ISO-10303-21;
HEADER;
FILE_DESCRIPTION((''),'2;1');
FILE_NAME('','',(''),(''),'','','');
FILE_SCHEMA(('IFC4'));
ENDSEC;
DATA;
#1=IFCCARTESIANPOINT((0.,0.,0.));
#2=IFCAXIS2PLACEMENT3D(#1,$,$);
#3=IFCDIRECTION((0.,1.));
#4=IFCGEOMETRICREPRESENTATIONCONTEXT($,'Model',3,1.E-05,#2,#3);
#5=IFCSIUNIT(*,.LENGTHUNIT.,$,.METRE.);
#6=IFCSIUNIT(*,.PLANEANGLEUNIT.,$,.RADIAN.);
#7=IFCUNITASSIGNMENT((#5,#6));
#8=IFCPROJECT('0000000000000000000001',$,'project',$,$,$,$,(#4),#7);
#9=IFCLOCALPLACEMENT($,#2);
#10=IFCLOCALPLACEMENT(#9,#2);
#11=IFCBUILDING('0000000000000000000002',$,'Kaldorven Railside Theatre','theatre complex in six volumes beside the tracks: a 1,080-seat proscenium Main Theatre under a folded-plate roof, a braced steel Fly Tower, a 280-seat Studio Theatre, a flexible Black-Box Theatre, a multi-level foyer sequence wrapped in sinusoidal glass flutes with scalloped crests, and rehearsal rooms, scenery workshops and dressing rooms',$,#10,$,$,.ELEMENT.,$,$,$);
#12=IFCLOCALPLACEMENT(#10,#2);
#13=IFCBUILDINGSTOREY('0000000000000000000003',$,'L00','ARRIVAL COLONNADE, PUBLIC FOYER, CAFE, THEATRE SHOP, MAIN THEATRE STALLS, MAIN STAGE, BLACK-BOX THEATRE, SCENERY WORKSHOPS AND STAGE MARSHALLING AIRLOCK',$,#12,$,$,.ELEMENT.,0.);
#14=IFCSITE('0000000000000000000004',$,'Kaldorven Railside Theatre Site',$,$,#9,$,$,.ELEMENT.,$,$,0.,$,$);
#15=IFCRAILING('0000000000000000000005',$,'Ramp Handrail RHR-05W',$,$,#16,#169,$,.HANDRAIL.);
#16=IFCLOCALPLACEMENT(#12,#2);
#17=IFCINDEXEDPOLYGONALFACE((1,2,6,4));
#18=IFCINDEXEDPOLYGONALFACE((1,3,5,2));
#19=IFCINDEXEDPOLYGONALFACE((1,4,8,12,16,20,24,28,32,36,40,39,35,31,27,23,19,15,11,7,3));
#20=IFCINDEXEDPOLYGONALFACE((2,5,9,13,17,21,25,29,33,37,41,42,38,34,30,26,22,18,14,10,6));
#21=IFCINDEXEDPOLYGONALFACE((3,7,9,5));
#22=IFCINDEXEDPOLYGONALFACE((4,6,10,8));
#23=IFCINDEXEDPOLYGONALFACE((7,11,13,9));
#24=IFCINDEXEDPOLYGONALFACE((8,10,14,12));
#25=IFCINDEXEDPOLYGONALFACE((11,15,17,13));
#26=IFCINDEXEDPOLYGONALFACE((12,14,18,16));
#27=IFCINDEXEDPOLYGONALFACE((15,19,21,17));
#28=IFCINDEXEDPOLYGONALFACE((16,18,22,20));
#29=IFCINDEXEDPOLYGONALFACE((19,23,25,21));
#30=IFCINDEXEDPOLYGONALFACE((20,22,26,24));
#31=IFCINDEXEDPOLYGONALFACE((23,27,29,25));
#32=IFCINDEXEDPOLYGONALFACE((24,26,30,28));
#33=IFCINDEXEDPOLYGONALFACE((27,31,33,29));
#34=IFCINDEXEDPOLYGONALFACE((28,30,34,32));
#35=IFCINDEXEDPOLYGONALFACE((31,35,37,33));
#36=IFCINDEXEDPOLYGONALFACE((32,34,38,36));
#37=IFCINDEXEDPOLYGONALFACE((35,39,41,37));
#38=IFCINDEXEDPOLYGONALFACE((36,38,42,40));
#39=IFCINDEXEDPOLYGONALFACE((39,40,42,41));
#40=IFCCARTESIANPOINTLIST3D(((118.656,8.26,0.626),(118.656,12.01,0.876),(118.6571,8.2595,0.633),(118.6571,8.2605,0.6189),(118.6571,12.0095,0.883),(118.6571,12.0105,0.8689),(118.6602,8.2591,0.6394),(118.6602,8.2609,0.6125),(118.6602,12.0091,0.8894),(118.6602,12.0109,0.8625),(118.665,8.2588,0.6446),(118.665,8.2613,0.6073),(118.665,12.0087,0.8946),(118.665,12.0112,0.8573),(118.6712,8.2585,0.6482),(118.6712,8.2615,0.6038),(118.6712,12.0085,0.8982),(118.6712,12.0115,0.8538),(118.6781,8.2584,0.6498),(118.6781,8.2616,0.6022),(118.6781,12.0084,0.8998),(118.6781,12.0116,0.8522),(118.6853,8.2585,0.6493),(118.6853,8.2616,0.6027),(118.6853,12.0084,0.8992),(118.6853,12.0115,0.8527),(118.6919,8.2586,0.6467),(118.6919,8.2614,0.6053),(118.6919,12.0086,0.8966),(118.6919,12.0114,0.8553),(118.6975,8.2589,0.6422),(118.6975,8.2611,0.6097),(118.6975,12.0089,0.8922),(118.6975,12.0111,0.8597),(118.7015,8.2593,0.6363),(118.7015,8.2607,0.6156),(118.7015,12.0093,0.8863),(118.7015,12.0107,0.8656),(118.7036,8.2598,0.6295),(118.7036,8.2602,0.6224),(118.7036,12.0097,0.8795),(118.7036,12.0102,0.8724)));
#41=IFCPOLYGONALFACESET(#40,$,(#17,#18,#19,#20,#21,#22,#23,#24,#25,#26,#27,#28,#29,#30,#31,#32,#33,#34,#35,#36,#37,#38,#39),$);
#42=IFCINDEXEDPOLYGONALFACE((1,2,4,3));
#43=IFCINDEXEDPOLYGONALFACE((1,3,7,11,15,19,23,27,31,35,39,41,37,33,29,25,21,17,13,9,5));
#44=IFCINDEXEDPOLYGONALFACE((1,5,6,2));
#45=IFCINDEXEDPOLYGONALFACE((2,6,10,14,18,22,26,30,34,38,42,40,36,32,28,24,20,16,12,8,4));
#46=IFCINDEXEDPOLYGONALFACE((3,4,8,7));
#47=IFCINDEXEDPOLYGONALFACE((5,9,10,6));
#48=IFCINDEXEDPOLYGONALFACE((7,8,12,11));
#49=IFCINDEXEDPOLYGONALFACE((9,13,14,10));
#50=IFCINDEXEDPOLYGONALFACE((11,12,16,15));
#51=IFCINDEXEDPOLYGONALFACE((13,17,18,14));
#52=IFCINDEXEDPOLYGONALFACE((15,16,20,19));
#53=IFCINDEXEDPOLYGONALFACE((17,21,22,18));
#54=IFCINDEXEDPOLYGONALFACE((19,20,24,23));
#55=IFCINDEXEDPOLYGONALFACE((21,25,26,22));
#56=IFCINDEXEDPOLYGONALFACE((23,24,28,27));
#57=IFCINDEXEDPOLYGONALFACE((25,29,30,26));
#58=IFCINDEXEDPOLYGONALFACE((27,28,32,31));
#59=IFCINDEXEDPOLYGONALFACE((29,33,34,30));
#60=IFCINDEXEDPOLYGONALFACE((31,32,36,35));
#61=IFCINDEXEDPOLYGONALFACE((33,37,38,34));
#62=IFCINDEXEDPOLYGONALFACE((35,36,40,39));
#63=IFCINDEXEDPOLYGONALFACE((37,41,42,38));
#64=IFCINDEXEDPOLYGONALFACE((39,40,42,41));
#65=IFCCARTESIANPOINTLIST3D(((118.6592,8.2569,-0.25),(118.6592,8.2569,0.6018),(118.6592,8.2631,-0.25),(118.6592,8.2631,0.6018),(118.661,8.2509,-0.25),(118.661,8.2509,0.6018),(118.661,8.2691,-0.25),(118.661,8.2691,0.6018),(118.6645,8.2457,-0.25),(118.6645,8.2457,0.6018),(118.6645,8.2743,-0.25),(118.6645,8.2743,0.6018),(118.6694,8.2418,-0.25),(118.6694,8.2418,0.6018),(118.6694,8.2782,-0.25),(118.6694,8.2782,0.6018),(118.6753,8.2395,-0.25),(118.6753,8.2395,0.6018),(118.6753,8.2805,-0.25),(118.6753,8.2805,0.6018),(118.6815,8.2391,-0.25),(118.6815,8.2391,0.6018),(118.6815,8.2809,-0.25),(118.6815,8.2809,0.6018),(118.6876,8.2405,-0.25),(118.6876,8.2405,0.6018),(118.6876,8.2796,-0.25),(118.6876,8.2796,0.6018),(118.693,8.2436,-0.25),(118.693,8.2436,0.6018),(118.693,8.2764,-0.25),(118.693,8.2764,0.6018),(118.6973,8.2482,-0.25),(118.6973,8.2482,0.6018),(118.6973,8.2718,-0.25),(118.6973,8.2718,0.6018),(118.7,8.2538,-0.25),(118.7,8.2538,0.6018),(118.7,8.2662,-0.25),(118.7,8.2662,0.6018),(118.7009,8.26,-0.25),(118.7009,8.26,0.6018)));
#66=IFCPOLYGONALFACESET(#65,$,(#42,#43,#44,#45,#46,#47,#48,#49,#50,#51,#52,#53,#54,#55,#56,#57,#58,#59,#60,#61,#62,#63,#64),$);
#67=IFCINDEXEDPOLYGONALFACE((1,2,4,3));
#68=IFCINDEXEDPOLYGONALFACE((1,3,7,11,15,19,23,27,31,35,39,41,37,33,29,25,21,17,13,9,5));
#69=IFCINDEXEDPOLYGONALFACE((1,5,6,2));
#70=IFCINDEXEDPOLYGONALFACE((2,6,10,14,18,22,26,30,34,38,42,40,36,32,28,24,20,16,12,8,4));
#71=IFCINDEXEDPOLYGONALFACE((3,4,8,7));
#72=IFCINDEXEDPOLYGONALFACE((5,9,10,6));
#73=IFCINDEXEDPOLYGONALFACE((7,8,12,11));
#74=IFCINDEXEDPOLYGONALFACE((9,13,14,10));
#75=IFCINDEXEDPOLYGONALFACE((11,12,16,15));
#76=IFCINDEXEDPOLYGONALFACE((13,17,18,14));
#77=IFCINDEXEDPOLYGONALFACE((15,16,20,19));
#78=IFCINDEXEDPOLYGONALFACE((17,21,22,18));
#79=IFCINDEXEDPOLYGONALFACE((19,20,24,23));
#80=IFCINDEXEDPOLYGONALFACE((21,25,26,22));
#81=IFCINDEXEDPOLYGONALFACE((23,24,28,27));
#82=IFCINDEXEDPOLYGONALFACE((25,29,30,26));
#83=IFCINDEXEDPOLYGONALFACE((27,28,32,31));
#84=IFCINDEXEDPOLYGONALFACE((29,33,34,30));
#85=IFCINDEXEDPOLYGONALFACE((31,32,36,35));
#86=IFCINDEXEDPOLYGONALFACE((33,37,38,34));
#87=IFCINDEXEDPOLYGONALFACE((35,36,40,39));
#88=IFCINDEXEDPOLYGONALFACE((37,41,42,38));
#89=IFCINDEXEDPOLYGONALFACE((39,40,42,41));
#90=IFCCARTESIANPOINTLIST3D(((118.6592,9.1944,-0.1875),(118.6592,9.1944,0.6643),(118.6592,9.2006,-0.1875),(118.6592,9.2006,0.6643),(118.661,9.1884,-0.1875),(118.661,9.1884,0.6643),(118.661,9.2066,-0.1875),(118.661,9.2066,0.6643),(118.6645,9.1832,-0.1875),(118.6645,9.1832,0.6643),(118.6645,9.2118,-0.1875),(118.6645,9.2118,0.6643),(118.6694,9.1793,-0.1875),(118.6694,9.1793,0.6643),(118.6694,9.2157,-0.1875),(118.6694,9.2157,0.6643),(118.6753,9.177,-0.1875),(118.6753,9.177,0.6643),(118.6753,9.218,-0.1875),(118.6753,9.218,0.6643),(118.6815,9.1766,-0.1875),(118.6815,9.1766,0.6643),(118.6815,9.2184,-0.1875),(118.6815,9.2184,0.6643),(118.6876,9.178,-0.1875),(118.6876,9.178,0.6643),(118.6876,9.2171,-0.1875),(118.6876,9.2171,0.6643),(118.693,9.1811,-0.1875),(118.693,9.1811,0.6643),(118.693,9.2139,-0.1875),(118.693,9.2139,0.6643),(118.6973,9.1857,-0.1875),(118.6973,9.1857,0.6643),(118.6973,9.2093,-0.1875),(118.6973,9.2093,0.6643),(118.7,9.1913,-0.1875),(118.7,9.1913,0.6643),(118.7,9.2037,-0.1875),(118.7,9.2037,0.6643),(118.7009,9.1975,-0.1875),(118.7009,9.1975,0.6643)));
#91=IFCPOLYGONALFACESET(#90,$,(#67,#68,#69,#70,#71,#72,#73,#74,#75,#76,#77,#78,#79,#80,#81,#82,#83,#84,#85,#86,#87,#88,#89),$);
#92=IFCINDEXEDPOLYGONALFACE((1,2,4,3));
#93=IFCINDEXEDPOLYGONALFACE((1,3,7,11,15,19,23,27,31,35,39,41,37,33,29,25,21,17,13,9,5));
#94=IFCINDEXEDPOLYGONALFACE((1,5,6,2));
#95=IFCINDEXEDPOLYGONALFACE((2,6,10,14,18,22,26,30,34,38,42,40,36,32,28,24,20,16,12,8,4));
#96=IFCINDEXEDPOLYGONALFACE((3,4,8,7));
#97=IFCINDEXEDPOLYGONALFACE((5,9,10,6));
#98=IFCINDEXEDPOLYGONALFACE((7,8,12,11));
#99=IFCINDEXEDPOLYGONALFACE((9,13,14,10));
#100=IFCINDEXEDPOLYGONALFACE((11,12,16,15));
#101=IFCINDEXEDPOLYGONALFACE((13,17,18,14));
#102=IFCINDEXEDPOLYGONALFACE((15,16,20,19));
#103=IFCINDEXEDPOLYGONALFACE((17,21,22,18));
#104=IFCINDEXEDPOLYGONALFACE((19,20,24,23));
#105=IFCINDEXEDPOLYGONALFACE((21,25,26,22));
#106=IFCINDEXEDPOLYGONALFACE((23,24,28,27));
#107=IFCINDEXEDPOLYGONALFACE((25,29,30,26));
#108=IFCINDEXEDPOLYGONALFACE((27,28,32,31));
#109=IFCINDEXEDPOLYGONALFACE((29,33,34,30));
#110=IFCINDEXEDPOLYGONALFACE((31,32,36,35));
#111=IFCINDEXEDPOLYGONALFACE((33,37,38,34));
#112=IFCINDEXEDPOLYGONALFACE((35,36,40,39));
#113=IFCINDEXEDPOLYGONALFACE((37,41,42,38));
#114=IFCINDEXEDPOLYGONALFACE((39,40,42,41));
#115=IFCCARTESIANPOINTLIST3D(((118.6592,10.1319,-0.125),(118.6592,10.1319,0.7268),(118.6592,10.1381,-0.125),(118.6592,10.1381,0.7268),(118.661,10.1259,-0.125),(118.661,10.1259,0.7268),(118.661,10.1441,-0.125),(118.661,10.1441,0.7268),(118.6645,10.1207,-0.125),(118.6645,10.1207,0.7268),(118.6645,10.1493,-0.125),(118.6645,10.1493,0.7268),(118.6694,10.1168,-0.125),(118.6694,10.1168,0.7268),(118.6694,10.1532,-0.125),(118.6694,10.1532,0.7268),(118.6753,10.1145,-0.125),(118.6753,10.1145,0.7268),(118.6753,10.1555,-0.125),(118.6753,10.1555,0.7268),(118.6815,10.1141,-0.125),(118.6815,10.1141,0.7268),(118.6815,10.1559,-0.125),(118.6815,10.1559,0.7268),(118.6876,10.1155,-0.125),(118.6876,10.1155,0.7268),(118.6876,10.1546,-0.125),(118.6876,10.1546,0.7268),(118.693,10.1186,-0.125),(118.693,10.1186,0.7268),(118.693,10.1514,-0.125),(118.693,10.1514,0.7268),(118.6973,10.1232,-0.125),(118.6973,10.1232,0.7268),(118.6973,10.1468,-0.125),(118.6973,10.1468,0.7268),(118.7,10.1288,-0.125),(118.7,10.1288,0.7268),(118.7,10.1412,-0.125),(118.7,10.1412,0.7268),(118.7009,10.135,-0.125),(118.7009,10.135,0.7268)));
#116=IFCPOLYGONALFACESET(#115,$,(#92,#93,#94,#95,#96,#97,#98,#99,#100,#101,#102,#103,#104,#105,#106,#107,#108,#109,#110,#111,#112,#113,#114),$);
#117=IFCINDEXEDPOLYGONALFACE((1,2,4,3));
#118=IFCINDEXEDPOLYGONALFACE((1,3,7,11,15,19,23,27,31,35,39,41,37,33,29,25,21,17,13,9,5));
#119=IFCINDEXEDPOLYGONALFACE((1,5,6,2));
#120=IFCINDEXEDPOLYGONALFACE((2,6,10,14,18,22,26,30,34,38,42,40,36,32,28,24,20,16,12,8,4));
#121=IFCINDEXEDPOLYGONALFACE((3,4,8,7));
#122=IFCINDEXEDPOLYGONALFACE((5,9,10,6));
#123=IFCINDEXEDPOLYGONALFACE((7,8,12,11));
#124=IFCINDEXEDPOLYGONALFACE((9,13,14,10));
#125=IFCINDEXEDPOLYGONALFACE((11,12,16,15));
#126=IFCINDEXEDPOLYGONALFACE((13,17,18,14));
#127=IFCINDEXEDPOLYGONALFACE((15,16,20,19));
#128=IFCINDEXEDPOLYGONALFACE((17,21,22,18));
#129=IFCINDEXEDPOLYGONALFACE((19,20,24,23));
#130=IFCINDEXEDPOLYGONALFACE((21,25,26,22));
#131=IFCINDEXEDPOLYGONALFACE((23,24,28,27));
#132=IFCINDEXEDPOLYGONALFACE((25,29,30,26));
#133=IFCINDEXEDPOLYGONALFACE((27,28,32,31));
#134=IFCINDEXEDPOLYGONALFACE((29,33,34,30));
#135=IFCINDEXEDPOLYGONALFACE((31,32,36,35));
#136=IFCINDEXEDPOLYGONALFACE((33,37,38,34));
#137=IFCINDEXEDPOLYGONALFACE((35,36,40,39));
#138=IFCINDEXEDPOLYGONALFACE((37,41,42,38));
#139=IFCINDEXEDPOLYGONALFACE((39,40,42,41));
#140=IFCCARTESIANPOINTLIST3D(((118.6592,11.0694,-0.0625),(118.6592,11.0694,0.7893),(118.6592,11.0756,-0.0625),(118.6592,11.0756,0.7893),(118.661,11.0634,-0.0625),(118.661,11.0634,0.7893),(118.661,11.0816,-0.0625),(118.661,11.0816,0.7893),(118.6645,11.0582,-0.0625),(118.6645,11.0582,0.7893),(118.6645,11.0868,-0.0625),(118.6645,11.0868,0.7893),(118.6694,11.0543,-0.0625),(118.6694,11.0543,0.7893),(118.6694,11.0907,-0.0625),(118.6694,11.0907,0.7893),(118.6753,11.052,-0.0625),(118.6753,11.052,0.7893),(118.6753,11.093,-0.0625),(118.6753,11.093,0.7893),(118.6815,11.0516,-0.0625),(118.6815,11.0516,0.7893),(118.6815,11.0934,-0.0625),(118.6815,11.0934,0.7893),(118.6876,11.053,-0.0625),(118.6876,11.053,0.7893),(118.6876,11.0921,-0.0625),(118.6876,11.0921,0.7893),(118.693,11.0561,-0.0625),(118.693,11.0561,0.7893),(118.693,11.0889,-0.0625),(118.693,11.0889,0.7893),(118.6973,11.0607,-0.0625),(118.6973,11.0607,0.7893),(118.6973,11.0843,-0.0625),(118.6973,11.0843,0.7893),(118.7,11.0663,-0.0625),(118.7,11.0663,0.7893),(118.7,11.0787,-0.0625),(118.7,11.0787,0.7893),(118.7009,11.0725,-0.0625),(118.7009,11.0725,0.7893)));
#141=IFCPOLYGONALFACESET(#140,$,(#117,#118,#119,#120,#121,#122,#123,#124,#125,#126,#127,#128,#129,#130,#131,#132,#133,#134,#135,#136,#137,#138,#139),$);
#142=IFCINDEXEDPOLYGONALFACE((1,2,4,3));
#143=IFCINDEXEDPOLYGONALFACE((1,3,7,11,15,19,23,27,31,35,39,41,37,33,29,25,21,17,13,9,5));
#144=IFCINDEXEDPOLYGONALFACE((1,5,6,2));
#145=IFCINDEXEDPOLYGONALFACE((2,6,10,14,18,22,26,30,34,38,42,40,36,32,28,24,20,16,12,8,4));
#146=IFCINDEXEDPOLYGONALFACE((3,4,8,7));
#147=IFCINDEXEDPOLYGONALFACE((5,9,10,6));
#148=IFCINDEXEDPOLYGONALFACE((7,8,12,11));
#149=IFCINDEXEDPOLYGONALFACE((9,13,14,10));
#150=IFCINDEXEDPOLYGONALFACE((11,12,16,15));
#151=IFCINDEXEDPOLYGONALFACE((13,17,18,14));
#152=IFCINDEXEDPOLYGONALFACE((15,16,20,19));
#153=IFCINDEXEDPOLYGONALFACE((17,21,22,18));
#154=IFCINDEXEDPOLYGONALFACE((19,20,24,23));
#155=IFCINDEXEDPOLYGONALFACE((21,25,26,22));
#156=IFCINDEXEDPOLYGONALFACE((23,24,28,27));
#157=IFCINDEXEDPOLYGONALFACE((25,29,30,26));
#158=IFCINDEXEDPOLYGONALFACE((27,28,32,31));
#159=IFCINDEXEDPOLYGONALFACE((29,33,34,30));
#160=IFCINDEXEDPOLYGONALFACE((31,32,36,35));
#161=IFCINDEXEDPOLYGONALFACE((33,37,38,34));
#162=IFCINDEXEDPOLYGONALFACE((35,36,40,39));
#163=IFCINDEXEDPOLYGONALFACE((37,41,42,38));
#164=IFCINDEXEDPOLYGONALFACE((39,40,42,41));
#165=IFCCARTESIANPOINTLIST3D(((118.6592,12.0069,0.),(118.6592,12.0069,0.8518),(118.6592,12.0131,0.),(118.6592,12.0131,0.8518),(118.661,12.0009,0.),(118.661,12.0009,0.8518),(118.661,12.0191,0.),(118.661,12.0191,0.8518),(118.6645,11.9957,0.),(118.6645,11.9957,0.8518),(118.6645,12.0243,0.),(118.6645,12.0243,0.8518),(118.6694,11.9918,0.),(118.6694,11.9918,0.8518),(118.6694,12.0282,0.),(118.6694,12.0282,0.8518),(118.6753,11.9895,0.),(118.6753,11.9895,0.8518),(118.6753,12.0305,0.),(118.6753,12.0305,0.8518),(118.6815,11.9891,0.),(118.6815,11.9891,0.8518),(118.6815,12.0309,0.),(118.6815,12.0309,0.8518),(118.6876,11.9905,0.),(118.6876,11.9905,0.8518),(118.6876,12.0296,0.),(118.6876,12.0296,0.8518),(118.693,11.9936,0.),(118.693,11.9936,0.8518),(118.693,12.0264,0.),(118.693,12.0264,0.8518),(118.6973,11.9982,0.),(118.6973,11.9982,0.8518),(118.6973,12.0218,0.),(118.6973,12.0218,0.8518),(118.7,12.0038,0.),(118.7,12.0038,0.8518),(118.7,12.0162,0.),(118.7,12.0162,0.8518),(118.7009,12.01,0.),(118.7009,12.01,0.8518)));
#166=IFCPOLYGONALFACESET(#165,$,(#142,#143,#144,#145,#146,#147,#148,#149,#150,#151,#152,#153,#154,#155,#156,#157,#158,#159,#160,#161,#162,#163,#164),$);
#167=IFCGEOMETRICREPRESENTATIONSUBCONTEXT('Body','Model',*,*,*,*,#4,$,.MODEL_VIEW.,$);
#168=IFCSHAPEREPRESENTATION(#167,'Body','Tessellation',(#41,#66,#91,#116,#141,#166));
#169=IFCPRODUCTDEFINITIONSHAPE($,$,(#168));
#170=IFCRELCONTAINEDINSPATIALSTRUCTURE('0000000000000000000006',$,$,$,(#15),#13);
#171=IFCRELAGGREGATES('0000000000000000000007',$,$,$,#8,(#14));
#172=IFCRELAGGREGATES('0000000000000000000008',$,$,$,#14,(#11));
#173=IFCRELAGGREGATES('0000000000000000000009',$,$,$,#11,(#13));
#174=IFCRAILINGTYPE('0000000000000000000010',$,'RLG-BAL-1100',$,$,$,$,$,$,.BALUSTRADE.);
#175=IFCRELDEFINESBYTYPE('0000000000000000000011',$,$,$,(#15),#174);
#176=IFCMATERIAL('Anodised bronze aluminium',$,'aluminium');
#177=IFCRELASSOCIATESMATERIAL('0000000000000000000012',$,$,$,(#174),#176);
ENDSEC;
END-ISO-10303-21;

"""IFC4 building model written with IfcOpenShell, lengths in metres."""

from ifc_helpers import new_model, si_unit, direction, frame, origin, origin_2d, place, context, subcontext, project, spatial, circle, extrude, material, type_object, element, save


model = new_model("IFC4")

# Units and contexts
model_context = context("Model", 3, precision=1e-05, world=origin(), true_north=direction((0.0, 1.0)))
body_context = subcontext(model_context, "Body", "Model", "MODEL_VIEW")
ifc_project = project(units=[si_unit("LENGTHUNIT", "METRE"), si_unit("PLANEANGLEUNIT", "RADIAN")], contexts=[model_context])

# Site, building, storey
site_placement = place(None, origin())
site = spatial("IfcSite", under=ifc_project, at=site_placement, Name="Kaldorven Railside Theatre Site", CompositionType="ELEMENT", RefElevation=0.0)
building_placement = place(site_placement, origin())
building = spatial("IfcBuilding", under=site, at=building_placement, Name="Kaldorven Railside Theatre", Description="theatre complex in six volumes beside the tracks: a 1,080-seat proscenium Main Theatre under a folded-plate roof, a braced steel Fly Tower, a 280-seat Studio Theatre, a flexible Black-Box Theatre, a multi-level foyer sequence wrapped in sinusoidal glass flutes with scalloped crests, and rehearsal rooms, scenery workshops and dressing rooms", CompositionType="ELEMENT")
storey_placement = place(building_placement, origin())
storey = spatial("IfcBuildingStorey", under=building, at=storey_placement, Name="L00", Description="ARRIVAL COLONNADE, PUBLIC FOYER, CAFE, THEATRE SHOP, MAIN THEATRE STALLS, MAIN STAGE, BLACK-BOX THEATRE, SCENERY WORKSHOPS AND STAGE MARSHALLING AIRLOCK", CompositionType="ELEMENT", Elevation=0.0)

# Railing
ifc_material_1 = material(Name="Anodised bronze aluminium", Category="aluminium")
railing_type = type_object("IfcRailingType", Name="RLG-BAL-1100", PredefinedType="BALUSTRADE", material=ifc_material_1)
for number, where, name in (
    (1, (118.6799, 8.26, -0.25), "Ramp Handrail RHR-05W"),
):
    element("IfcRailing", number, at=place(storey_placement, frame(where)), inside=storey, type_object=railing_type, Name=name, PredefinedType="HANDRAIL", context=body_context, shape_type="SweptSolid", body=[
        extrude(circle(Radius=0.0239, at=origin_2d()), frame((0.0, 0.0, 0.876), z_axis=(0.0, 0.997785, 0.066519), x_axis=(-1.0, 0.0, 0.0)), (0.0, 0.0, 1.0), 3.7583),
        extrude(circle(Radius=0.021, at=origin_2d()), origin(), (0.0, 0.0, 1.0), 0.8518),
        extrude(circle(Radius=0.021, at=origin_2d()), frame((0.0, 0.9375, 0.0625)), (0.0, 0.0, 1.0), 0.8518),
        extrude(circle(Radius=0.021, at=origin_2d()), frame((0.0, 1.875, 0.125)), (0.0, 0.0, 1.0), 0.8518),
        extrude(circle(Radius=0.021, at=origin_2d()), frame((0.0, 2.8125, 0.1875)), (0.0, 0.0, 1.0), 0.8518),
        extrude(circle(Radius=0.021, at=origin_2d()), frame((0.0, 3.75, 0.25)), (0.0, 0.0, 1.0), 0.8518),
    ])

save(model, "model.ifc")
